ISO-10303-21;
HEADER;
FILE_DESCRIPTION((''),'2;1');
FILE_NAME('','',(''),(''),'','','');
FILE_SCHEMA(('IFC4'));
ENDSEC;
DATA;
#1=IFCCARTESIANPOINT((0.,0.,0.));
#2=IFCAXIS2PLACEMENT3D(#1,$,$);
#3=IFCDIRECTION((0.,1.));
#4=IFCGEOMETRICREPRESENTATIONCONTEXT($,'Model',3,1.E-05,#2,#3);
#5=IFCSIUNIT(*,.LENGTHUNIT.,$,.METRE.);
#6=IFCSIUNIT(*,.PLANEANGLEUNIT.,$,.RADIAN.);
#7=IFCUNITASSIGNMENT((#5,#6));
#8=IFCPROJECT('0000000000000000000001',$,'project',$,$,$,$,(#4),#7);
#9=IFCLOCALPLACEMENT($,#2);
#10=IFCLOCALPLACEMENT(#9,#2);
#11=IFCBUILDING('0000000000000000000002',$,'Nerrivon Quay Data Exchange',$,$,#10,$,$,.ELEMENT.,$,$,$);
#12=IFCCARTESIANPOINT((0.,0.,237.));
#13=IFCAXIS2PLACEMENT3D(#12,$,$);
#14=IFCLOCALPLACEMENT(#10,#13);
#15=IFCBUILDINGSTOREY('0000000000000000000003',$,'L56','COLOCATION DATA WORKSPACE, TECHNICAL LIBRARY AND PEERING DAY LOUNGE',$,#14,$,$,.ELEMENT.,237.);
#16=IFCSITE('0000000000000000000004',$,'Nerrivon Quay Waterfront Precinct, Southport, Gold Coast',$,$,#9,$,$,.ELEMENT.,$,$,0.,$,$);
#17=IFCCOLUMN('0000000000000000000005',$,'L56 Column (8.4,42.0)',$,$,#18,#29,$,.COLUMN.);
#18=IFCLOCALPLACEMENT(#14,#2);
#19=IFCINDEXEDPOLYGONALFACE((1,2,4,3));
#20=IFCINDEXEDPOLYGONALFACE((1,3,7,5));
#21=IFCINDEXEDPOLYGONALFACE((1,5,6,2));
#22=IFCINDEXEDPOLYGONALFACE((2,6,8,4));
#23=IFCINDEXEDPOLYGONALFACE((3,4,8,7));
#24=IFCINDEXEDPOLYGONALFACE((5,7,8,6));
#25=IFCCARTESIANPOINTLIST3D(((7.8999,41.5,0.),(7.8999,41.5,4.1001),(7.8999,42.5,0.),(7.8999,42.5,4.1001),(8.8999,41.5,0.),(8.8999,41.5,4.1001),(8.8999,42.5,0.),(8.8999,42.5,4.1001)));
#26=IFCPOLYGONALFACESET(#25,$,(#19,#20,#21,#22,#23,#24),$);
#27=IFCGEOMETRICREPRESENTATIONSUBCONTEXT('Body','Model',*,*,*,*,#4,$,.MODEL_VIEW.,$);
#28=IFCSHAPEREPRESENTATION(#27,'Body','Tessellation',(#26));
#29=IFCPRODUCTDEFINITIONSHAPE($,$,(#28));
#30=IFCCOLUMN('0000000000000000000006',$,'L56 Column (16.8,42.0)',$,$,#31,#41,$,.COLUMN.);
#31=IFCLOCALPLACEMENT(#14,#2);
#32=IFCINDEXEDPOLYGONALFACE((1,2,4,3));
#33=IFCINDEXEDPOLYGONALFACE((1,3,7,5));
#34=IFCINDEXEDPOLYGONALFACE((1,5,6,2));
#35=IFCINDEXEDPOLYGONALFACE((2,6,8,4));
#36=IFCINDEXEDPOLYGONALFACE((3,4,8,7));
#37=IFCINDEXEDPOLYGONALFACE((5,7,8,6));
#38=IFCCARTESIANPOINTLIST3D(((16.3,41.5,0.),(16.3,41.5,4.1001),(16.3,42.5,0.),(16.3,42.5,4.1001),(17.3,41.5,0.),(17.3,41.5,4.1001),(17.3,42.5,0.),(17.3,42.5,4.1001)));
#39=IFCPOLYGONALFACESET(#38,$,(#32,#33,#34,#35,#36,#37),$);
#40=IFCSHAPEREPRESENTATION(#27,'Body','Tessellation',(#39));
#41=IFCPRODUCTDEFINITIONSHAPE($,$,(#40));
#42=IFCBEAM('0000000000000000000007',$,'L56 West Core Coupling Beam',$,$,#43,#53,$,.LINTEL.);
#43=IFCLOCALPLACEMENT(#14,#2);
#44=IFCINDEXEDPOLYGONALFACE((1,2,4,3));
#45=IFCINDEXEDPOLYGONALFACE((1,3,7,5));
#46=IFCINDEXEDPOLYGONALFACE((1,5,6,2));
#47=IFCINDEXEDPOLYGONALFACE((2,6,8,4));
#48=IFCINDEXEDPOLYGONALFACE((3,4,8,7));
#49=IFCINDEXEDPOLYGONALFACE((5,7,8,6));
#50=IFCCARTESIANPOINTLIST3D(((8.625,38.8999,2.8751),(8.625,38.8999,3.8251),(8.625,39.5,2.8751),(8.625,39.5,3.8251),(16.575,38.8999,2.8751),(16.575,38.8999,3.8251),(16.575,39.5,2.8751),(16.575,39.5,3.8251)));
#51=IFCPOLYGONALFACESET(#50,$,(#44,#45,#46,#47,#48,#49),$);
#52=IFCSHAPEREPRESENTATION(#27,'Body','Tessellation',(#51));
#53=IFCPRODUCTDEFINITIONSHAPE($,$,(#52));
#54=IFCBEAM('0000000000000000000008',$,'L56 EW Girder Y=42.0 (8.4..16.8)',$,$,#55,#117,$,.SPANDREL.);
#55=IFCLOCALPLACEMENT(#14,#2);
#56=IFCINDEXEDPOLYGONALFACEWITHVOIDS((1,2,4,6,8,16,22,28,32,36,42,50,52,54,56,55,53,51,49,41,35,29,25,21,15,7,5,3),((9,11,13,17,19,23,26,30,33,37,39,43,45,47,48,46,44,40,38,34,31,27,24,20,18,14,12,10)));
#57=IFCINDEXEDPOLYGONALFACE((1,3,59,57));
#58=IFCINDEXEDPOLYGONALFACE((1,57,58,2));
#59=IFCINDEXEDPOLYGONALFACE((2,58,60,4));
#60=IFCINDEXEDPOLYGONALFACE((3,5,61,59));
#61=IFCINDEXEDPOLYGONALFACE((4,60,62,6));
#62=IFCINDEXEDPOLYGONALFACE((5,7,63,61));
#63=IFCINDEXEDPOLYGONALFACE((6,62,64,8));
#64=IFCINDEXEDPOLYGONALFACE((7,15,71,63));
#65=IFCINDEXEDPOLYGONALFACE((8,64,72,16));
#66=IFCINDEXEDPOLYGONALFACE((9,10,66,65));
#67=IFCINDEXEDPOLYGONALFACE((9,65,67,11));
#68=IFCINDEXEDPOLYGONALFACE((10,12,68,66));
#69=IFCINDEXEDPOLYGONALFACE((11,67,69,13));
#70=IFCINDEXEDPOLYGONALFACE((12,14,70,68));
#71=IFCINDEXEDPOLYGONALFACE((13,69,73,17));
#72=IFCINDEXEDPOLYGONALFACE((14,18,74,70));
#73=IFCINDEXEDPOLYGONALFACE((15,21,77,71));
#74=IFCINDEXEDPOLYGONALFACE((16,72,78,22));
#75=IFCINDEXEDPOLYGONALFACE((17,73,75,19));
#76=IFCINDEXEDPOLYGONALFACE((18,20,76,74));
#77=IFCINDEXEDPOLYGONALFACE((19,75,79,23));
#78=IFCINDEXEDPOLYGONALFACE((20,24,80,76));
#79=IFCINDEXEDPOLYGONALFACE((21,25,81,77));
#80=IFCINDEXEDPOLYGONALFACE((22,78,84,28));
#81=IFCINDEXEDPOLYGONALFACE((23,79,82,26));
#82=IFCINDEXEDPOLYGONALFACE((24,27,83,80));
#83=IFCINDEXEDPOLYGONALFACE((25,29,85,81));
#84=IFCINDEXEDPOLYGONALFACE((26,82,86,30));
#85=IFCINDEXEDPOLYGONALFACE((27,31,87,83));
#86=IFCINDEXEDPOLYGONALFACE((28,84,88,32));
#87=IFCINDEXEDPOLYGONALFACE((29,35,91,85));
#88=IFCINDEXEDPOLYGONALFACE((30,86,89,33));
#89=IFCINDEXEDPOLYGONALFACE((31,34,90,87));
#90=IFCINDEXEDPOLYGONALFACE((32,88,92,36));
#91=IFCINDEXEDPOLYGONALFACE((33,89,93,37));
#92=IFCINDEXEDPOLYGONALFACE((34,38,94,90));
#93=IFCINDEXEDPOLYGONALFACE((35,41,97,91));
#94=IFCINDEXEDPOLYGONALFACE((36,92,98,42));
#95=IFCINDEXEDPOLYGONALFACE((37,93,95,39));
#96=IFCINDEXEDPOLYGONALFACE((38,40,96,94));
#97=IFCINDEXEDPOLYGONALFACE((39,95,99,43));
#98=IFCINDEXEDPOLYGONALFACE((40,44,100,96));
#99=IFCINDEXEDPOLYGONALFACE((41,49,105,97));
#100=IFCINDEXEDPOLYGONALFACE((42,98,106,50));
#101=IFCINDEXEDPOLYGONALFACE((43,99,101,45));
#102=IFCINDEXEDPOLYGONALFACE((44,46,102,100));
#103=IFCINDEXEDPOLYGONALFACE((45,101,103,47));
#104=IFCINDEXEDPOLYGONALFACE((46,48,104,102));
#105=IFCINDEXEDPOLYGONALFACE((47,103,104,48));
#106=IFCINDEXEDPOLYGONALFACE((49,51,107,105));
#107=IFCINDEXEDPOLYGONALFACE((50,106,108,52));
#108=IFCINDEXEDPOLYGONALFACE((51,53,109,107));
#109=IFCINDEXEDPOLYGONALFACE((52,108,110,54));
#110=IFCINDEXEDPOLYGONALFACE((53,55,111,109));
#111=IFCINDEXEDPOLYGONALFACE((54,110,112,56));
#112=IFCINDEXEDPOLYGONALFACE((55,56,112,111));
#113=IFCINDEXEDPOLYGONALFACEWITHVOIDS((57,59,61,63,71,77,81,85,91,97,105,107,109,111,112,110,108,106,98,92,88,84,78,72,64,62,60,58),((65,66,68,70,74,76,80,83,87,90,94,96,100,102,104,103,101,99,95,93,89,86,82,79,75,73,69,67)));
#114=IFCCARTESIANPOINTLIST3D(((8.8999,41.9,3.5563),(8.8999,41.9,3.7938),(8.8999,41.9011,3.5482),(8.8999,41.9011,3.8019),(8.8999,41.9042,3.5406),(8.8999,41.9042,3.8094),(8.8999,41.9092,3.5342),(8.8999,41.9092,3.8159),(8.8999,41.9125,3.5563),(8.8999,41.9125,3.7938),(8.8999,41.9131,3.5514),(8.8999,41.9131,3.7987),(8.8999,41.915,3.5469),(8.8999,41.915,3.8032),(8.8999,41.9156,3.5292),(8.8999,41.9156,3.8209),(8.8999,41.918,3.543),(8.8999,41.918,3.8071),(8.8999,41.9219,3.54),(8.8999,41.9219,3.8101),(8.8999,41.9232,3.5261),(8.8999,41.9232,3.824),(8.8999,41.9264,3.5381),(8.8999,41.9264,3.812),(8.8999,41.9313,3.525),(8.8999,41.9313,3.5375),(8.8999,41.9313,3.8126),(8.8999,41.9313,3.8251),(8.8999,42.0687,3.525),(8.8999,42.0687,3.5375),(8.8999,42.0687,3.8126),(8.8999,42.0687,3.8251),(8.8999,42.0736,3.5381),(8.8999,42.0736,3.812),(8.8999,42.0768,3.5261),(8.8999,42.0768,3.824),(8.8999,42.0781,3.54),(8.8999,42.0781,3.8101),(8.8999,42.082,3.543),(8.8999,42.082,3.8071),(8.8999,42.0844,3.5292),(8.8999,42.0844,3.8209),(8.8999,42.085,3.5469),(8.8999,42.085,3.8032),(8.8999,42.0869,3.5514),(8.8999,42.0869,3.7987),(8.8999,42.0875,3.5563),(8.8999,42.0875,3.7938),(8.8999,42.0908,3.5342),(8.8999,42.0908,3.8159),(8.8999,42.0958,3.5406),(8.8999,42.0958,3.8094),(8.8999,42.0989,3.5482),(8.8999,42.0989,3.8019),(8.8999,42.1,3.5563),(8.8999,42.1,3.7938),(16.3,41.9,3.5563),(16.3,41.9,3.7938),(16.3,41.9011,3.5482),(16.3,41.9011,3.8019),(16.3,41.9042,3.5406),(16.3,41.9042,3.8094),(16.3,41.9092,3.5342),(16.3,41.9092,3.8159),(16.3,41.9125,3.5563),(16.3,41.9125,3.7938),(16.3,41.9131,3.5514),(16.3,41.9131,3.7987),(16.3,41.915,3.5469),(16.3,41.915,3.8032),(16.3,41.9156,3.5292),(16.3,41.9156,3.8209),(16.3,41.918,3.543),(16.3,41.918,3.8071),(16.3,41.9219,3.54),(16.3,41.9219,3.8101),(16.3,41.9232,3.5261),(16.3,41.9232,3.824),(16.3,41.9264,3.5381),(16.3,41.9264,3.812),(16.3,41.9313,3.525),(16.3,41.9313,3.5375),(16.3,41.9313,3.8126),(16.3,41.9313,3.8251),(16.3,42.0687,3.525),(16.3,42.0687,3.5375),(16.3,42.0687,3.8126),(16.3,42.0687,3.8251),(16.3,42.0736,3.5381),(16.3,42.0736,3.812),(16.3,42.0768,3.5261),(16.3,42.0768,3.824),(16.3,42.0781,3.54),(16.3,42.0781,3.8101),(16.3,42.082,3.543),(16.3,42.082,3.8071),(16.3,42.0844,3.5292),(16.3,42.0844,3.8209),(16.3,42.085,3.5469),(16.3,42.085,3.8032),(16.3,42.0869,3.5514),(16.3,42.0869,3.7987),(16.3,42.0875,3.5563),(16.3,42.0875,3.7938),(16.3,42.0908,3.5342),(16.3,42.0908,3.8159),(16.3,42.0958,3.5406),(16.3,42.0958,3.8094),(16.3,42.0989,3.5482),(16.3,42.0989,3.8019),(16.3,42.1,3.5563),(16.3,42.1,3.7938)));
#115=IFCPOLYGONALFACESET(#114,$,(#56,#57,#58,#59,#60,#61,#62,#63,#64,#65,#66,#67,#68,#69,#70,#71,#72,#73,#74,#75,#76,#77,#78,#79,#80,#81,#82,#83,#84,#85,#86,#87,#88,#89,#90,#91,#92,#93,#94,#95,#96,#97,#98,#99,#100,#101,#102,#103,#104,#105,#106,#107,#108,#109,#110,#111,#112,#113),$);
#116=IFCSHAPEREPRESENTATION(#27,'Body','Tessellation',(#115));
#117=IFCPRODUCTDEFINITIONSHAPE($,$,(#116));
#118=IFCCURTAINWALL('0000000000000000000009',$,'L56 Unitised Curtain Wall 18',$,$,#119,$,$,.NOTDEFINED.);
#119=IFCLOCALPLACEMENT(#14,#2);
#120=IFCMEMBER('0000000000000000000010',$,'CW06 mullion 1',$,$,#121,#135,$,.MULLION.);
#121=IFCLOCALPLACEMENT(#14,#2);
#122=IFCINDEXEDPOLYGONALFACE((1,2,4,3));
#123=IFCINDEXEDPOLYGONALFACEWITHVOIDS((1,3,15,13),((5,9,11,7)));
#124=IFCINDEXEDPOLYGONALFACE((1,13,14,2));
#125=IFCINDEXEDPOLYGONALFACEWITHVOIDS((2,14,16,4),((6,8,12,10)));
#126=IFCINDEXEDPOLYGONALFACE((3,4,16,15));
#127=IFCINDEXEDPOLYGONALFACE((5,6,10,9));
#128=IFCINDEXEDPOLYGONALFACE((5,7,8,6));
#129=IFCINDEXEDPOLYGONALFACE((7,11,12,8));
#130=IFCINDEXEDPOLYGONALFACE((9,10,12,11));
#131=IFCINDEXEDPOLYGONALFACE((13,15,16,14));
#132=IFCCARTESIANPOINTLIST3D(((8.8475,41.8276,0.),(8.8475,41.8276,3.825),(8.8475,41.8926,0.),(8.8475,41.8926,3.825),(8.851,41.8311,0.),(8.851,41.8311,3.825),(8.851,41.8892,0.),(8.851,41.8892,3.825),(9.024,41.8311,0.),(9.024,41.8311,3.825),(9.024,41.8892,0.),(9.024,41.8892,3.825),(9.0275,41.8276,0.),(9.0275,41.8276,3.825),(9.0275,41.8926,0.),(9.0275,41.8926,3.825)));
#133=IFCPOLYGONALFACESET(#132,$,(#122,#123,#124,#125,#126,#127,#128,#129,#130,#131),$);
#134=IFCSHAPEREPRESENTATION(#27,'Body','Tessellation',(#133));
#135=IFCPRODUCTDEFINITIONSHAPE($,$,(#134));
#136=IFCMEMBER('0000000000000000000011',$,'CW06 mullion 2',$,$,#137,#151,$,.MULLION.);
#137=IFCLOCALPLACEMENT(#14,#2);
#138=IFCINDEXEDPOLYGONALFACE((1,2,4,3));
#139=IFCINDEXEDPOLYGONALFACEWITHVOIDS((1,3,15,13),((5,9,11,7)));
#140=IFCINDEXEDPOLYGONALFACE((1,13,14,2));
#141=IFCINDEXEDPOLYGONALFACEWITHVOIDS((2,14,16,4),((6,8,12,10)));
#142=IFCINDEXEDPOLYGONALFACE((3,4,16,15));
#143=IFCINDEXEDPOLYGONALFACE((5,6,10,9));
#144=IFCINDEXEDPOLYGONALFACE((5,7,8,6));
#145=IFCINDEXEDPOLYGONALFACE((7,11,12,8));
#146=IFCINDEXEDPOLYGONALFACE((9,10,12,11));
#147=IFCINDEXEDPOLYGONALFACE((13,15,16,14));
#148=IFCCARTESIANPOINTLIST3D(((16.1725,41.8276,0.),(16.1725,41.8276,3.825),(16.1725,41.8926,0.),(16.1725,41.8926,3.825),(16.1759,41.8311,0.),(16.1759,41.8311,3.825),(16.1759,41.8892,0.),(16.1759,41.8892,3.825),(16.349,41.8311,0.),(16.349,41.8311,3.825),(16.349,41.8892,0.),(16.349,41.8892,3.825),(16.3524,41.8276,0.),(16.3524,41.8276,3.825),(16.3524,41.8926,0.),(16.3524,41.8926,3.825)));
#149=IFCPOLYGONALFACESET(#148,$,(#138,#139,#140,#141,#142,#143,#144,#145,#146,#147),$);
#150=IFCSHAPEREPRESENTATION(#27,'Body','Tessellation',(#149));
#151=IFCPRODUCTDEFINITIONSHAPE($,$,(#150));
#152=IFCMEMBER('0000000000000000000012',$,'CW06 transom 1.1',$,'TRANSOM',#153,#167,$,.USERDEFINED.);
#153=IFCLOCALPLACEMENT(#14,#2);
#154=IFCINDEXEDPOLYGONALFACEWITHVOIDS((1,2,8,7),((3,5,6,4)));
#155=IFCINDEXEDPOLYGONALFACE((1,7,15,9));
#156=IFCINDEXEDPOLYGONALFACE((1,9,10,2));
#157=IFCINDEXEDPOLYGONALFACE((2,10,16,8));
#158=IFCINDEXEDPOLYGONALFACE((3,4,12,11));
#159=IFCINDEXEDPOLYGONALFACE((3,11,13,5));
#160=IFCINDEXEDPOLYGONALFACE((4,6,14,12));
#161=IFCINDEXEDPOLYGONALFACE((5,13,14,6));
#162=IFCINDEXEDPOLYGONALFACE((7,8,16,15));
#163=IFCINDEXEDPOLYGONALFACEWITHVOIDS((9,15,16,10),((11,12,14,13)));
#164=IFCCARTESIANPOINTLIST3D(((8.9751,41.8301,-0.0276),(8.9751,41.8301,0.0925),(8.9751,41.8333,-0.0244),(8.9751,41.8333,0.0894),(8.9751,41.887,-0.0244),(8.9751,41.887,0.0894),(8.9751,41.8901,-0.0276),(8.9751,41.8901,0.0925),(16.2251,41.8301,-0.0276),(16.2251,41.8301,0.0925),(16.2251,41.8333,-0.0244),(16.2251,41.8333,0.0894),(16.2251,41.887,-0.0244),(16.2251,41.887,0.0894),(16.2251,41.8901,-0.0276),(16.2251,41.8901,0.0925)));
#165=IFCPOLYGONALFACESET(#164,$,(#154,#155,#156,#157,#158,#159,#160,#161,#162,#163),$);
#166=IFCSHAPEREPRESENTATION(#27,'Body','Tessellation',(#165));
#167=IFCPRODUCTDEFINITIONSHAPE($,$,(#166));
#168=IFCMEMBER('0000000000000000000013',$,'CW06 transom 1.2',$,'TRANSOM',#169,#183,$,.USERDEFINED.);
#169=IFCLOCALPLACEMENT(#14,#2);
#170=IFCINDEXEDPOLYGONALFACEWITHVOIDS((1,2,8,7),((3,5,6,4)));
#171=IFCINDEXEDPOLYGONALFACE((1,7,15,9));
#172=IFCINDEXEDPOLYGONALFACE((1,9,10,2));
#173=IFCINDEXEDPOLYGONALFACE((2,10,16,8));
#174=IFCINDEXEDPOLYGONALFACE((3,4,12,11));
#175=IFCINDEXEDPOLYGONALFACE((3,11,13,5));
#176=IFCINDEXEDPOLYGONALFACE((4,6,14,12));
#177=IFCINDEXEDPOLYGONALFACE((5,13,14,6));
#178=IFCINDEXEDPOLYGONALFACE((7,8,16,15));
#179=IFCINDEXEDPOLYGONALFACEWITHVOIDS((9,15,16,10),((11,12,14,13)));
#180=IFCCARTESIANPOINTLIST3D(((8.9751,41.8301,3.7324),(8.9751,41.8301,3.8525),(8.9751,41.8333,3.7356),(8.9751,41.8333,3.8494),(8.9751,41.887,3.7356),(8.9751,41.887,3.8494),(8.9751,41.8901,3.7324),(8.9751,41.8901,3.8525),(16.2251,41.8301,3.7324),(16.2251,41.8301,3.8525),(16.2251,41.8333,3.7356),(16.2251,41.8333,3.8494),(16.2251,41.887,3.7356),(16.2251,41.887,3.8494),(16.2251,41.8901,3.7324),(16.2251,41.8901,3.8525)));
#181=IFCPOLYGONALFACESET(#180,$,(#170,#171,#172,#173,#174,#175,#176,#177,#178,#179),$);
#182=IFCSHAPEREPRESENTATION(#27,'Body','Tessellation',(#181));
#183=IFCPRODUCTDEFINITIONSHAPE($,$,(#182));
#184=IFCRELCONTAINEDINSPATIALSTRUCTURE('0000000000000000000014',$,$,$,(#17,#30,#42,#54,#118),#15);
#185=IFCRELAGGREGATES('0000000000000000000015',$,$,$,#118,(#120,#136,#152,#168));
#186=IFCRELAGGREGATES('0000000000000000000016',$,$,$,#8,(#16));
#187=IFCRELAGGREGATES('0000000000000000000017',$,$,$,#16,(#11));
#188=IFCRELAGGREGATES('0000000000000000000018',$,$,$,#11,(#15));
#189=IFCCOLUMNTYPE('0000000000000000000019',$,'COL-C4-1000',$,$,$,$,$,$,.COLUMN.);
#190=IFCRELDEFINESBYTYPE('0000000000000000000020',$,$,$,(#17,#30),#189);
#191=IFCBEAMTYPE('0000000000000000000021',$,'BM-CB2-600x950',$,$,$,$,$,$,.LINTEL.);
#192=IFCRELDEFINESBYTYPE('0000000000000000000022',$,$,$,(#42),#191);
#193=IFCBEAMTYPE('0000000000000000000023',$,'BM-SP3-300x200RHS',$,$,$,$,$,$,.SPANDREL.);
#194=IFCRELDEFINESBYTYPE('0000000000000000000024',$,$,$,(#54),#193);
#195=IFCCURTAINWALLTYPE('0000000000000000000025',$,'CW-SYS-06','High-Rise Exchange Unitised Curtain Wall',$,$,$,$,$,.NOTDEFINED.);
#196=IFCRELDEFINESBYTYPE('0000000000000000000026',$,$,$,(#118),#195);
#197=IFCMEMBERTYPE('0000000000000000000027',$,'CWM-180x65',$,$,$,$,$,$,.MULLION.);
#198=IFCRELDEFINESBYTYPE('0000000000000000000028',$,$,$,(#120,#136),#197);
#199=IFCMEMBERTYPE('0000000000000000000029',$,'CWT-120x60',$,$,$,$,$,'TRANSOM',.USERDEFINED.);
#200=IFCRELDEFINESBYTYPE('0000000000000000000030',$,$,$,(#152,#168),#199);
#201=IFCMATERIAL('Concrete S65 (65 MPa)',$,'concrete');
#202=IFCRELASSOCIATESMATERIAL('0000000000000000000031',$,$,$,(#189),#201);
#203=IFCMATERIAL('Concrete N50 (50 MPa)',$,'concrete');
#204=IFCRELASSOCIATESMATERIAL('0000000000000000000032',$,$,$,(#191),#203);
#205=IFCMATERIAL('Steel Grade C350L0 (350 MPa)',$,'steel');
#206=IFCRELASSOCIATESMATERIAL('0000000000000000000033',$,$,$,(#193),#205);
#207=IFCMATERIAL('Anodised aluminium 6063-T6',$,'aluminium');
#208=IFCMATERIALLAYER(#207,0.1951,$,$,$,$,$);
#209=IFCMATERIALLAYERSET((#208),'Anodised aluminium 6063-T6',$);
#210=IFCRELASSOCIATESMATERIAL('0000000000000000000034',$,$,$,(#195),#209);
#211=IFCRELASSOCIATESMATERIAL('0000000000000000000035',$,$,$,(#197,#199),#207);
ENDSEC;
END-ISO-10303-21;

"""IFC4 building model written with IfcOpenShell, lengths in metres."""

from ifc_helpers import new_model, si_unit, direction, frame, origin, origin_2d, place, context, subcontext, project, spatial, rectangle, hollow_rectangle, extrude, material, layer, layer_set, material_profile, profile_set, type_object, element, aggregate, save


model = new_model("IFC4")

# Units and contexts
model_context = context("Model", 3, precision=1e-05, world=origin(), true_north=direction((0.0, 1.0)))
body_context = subcontext(model_context, "Body", "Model", "MODEL_VIEW")
ifc_project = project(units=[si_unit("LENGTHUNIT", "METRE"), si_unit("PLANEANGLEUNIT", "RADIAN")], contexts=[model_context])

# Site, building, storey
site_placement = place(None, origin())
site = spatial("IfcSite", under=ifc_project, at=site_placement, Name="Nerrivon Quay Waterfront Precinct, Southport, Gold Coast", CompositionType="ELEMENT", RefElevation=0.0)
building_placement = place(site_placement, origin())
building = spatial("IfcBuilding", under=site, at=building_placement, Name="Nerrivon Quay Data Exchange", CompositionType="ELEMENT")
storey_placement = place(building_placement, frame((0.0, 0.0, 237.0)))
storey = spatial("IfcBuildingStorey", under=building, at=storey_placement, Name="L56", Description="COLOCATION DATA WORKSPACE, TECHNICAL LIBRARY AND PEERING DAY LOUNGE", CompositionType="ELEMENT", Elevation=237.0)

# Columns
ifc_material_1 = material(Name="Concrete S65 (65 MPa)", Category="concrete")
ifc_material_profile_1 = material_profile(ifc_material_1, rectangle(XDim=1.0, YDim=1.0, at=origin_2d()), Name="RC-COL-1000x1000")
ifc_profile_set_1 = profile_set([ifc_material_profile_1], Name="Concrete S65 (65 MPa)")
column_type = type_object("IfcColumnType", Name="COL-C4-1000", PredefinedType="COLUMN", material=ifc_profile_set_1)
for number, where, z_axis, x_axis, name in (
    (1, (8.3999, 42.0, 0.0), (0.0, 0.0, 1.0), (1.0, 0.0, 0.0), "L56 Column (8.4,42.0)"),
    (2, (16.8, 42.0, 0.0), (0.0, 0.0, 1.0), (1.0, 0.0, 0.0), "L56 Column (16.8,42.0)"),
):
    element("IfcColumn", number, at=place(storey_placement, frame(where, z_axis=z_axis, x_axis=x_axis)), inside=storey, type_object=column_type, Name=name, PredefinedType="COLUMN", context=body_context, shape_type="SweptSolid", body=[
        extrude(rectangle(XDim=1.0, YDim=1.0, at=origin_2d()), origin(), (0.0, 0.0, 1.0), 4.1001),
    ])

# Beams
ifc_material_2 = material(Name="Concrete N50 (50 MPa)", Category="concrete")
ifc_material_profile_2 = material_profile(ifc_material_2, rectangle(XDim=0.6001, YDim=0.95, at=origin_2d()), Name="RC-CB-600x950")
ifc_profile_set_2 = profile_set([ifc_material_profile_2], Name="Concrete N50 (50 MPa)")
beam_type_1 = type_object("IfcBeamType", Name="BM-CB2-600x950", PredefinedType="LINTEL", material=ifc_profile_set_2)
beam_1_placement = place(storey_placement, frame((8.625, 39.2, 3.3501), z_axis=(1.0, 0.0, 0.0), x_axis=(0.0, 1.0, 0.0)))
element("IfcBeam", 3, at=beam_1_placement, inside=storey, type_object=beam_type_1, Name="L56 West Core Coupling Beam", PredefinedType="LINTEL", context=body_context, shape_type="SweptSolid", body=[
    extrude(rectangle(XDim=0.6001, YDim=0.95, at=origin_2d()), origin(), (0.0, 0.0, 1.0), 7.95),
])
ifc_material_3 = material(Name="Steel Grade C350L0 (350 MPa)", Category="steel")
ifc_material_profile_3 = material_profile(ifc_material_3, hollow_rectangle(XDim=0.2, YDim=0.3, WallThickness=0.0125, InnerFilletRadius=0.0188, OuterFilletRadius=0.0312, at=origin_2d()), Name="300x200x12.5RHS")
ifc_profile_set_3 = profile_set([ifc_material_profile_3], Name="Steel Grade C350L0 (350 MPa)")
beam_type_2 = type_object("IfcBeamType", Name="BM-SP3-300x200RHS", PredefinedType="SPANDREL", material=ifc_profile_set_3)
beam_2_placement = place(storey_placement, frame((8.8999, 42.0, 3.675), z_axis=(1.0, 0.0, 0.0), x_axis=(0.0, 1.0, 0.0)))
element("IfcBeam", 4, at=beam_2_placement, inside=storey, type_object=beam_type_2, Name="L56 EW Girder Y=42.0 (8.4..16.8)", PredefinedType="SPANDREL", context=body_context, shape_type="SweptSolid", body=[
    extrude(hollow_rectangle(XDim=0.2, YDim=0.3, WallThickness=0.0125, InnerFilletRadius=0.0188, OuterFilletRadius=0.0312, at=origin_2d()), origin(), (0.0, 0.0, 1.0), 7.4001),
])

# Curtain wall, members
ifc_material_4 = material(Name="Anodised aluminium 6063-T6", Category="aluminium")
ifc_layer_1 = layer(ifc_material_4, 0.1951)
ifc_layer_set_1 = layer_set([ifc_layer_1], Name="Anodised aluminium 6063-T6")
curtain_wall_type = type_object("IfcCurtainWallType", Name="CW-SYS-06", Description="High-Rise Exchange Unitised Curtain Wall", PredefinedType="NOTDEFINED", material=ifc_layer_set_1)
curtain_wall_placement = place(storey_placement, origin())
curtain_wall = element("IfcCurtainWall", 5, at=curtain_wall_placement, inside=storey, type_object=curtain_wall_type, Name="L56 Unitised Curtain Wall 18", PredefinedType="NOTDEFINED")
ifc_material_profile_4 = material_profile(ifc_material_4, hollow_rectangle(XDim=0.0649, YDim=0.1799, WallThickness=0.0034, at=origin_2d()), Name="ALU-MULL-180x65")
ifc_profile_set_4 = profile_set([ifc_material_profile_4], Name="Anodised aluminium 6063-T6")
member_type_1 = type_object("IfcMemberType", Name="CWM-180x65", PredefinedType="MULLION", material=ifc_profile_set_4)
member_1_placement = place(storey_placement, frame((8.9375, 41.8601, 0.0), z_axis=(0.0, 0.0, 1.0), x_axis=(0.0, 1.0, 0.0)))
member_1 = element("IfcMember", 6, at=member_1_placement, type_object=member_type_1, Name="CW06 mullion 1", PredefinedType="MULLION", context=body_context, shape_type="SweptSolid", body=[
    extrude(hollow_rectangle(XDim=0.0649, YDim=0.1799, WallThickness=0.0034, at=origin_2d()), origin(), (0.0, 0.0, 1.0), 3.825),
])
member_2_placement = place(storey_placement, frame((16.2625, 41.8601, 0.0), z_axis=(0.0, 0.0, 1.0), x_axis=(0.0, 1.0, 0.0)))
member_2 = element("IfcMember", 7, at=member_2_placement, type_object=member_type_1, Name="CW06 mullion 2", PredefinedType="MULLION", context=body_context, shape_type="SweptSolid", body=[
    extrude(hollow_rectangle(XDim=0.0649, YDim=0.1799, WallThickness=0.0034, at=origin_2d()), origin(), (0.0, 0.0, 1.0), 3.825),
])
ifc_material_profile_5 = material_profile(ifc_material_4, hollow_rectangle(XDim=0.0601, YDim=0.1201, WallThickness=0.0032, at=origin_2d()), Name="ALU-TRAN-120x60")
ifc_profile_set_5 = profile_set([ifc_material_profile_5], Name="Anodised aluminium 6063-T6")
member_type_2 = type_object("IfcMemberType", Name="CWT-120x60", ElementType="TRANSOM", PredefinedType="USERDEFINED", material=ifc_profile_set_5)
member_3_placement = place(storey_placement, frame((8.9751, 41.8601, 0.0325), z_axis=(1.0, 0.0, 0.0), x_axis=(0.0, 1.0, 0.0)))
member_3 = element("IfcMember", 8, at=member_3_placement, type_object=member_type_2, Name="CW06 transom 1.1", ObjectType="TRANSOM", PredefinedType="USERDEFINED", context=body_context, shape_type="SweptSolid", body=[
    extrude(hollow_rectangle(XDim=0.0601, YDim=0.1201, WallThickness=0.0032, at=origin_2d()), origin(), (0.0, 0.0, 1.0), 7.25),
])
member_4_placement = place(storey_placement, frame((8.9751, 41.8601, 3.7925), z_axis=(1.0, 0.0, 0.0), x_axis=(0.0, 1.0, 0.0)))
member_4 = element("IfcMember", 9, at=member_4_placement, type_object=member_type_2, Name="CW06 transom 1.2", ObjectType="TRANSOM", PredefinedType="USERDEFINED", context=body_context, shape_type="SweptSolid", body=[
    extrude(hollow_rectangle(XDim=0.0601, YDim=0.1201, WallThickness=0.0032, at=origin_2d()), origin(), (0.0, 0.0, 1.0), 7.25),
])
aggregate(curtain_wall, [member_1, member_2, member_3, member_4])

save(model, "model.ifc")
